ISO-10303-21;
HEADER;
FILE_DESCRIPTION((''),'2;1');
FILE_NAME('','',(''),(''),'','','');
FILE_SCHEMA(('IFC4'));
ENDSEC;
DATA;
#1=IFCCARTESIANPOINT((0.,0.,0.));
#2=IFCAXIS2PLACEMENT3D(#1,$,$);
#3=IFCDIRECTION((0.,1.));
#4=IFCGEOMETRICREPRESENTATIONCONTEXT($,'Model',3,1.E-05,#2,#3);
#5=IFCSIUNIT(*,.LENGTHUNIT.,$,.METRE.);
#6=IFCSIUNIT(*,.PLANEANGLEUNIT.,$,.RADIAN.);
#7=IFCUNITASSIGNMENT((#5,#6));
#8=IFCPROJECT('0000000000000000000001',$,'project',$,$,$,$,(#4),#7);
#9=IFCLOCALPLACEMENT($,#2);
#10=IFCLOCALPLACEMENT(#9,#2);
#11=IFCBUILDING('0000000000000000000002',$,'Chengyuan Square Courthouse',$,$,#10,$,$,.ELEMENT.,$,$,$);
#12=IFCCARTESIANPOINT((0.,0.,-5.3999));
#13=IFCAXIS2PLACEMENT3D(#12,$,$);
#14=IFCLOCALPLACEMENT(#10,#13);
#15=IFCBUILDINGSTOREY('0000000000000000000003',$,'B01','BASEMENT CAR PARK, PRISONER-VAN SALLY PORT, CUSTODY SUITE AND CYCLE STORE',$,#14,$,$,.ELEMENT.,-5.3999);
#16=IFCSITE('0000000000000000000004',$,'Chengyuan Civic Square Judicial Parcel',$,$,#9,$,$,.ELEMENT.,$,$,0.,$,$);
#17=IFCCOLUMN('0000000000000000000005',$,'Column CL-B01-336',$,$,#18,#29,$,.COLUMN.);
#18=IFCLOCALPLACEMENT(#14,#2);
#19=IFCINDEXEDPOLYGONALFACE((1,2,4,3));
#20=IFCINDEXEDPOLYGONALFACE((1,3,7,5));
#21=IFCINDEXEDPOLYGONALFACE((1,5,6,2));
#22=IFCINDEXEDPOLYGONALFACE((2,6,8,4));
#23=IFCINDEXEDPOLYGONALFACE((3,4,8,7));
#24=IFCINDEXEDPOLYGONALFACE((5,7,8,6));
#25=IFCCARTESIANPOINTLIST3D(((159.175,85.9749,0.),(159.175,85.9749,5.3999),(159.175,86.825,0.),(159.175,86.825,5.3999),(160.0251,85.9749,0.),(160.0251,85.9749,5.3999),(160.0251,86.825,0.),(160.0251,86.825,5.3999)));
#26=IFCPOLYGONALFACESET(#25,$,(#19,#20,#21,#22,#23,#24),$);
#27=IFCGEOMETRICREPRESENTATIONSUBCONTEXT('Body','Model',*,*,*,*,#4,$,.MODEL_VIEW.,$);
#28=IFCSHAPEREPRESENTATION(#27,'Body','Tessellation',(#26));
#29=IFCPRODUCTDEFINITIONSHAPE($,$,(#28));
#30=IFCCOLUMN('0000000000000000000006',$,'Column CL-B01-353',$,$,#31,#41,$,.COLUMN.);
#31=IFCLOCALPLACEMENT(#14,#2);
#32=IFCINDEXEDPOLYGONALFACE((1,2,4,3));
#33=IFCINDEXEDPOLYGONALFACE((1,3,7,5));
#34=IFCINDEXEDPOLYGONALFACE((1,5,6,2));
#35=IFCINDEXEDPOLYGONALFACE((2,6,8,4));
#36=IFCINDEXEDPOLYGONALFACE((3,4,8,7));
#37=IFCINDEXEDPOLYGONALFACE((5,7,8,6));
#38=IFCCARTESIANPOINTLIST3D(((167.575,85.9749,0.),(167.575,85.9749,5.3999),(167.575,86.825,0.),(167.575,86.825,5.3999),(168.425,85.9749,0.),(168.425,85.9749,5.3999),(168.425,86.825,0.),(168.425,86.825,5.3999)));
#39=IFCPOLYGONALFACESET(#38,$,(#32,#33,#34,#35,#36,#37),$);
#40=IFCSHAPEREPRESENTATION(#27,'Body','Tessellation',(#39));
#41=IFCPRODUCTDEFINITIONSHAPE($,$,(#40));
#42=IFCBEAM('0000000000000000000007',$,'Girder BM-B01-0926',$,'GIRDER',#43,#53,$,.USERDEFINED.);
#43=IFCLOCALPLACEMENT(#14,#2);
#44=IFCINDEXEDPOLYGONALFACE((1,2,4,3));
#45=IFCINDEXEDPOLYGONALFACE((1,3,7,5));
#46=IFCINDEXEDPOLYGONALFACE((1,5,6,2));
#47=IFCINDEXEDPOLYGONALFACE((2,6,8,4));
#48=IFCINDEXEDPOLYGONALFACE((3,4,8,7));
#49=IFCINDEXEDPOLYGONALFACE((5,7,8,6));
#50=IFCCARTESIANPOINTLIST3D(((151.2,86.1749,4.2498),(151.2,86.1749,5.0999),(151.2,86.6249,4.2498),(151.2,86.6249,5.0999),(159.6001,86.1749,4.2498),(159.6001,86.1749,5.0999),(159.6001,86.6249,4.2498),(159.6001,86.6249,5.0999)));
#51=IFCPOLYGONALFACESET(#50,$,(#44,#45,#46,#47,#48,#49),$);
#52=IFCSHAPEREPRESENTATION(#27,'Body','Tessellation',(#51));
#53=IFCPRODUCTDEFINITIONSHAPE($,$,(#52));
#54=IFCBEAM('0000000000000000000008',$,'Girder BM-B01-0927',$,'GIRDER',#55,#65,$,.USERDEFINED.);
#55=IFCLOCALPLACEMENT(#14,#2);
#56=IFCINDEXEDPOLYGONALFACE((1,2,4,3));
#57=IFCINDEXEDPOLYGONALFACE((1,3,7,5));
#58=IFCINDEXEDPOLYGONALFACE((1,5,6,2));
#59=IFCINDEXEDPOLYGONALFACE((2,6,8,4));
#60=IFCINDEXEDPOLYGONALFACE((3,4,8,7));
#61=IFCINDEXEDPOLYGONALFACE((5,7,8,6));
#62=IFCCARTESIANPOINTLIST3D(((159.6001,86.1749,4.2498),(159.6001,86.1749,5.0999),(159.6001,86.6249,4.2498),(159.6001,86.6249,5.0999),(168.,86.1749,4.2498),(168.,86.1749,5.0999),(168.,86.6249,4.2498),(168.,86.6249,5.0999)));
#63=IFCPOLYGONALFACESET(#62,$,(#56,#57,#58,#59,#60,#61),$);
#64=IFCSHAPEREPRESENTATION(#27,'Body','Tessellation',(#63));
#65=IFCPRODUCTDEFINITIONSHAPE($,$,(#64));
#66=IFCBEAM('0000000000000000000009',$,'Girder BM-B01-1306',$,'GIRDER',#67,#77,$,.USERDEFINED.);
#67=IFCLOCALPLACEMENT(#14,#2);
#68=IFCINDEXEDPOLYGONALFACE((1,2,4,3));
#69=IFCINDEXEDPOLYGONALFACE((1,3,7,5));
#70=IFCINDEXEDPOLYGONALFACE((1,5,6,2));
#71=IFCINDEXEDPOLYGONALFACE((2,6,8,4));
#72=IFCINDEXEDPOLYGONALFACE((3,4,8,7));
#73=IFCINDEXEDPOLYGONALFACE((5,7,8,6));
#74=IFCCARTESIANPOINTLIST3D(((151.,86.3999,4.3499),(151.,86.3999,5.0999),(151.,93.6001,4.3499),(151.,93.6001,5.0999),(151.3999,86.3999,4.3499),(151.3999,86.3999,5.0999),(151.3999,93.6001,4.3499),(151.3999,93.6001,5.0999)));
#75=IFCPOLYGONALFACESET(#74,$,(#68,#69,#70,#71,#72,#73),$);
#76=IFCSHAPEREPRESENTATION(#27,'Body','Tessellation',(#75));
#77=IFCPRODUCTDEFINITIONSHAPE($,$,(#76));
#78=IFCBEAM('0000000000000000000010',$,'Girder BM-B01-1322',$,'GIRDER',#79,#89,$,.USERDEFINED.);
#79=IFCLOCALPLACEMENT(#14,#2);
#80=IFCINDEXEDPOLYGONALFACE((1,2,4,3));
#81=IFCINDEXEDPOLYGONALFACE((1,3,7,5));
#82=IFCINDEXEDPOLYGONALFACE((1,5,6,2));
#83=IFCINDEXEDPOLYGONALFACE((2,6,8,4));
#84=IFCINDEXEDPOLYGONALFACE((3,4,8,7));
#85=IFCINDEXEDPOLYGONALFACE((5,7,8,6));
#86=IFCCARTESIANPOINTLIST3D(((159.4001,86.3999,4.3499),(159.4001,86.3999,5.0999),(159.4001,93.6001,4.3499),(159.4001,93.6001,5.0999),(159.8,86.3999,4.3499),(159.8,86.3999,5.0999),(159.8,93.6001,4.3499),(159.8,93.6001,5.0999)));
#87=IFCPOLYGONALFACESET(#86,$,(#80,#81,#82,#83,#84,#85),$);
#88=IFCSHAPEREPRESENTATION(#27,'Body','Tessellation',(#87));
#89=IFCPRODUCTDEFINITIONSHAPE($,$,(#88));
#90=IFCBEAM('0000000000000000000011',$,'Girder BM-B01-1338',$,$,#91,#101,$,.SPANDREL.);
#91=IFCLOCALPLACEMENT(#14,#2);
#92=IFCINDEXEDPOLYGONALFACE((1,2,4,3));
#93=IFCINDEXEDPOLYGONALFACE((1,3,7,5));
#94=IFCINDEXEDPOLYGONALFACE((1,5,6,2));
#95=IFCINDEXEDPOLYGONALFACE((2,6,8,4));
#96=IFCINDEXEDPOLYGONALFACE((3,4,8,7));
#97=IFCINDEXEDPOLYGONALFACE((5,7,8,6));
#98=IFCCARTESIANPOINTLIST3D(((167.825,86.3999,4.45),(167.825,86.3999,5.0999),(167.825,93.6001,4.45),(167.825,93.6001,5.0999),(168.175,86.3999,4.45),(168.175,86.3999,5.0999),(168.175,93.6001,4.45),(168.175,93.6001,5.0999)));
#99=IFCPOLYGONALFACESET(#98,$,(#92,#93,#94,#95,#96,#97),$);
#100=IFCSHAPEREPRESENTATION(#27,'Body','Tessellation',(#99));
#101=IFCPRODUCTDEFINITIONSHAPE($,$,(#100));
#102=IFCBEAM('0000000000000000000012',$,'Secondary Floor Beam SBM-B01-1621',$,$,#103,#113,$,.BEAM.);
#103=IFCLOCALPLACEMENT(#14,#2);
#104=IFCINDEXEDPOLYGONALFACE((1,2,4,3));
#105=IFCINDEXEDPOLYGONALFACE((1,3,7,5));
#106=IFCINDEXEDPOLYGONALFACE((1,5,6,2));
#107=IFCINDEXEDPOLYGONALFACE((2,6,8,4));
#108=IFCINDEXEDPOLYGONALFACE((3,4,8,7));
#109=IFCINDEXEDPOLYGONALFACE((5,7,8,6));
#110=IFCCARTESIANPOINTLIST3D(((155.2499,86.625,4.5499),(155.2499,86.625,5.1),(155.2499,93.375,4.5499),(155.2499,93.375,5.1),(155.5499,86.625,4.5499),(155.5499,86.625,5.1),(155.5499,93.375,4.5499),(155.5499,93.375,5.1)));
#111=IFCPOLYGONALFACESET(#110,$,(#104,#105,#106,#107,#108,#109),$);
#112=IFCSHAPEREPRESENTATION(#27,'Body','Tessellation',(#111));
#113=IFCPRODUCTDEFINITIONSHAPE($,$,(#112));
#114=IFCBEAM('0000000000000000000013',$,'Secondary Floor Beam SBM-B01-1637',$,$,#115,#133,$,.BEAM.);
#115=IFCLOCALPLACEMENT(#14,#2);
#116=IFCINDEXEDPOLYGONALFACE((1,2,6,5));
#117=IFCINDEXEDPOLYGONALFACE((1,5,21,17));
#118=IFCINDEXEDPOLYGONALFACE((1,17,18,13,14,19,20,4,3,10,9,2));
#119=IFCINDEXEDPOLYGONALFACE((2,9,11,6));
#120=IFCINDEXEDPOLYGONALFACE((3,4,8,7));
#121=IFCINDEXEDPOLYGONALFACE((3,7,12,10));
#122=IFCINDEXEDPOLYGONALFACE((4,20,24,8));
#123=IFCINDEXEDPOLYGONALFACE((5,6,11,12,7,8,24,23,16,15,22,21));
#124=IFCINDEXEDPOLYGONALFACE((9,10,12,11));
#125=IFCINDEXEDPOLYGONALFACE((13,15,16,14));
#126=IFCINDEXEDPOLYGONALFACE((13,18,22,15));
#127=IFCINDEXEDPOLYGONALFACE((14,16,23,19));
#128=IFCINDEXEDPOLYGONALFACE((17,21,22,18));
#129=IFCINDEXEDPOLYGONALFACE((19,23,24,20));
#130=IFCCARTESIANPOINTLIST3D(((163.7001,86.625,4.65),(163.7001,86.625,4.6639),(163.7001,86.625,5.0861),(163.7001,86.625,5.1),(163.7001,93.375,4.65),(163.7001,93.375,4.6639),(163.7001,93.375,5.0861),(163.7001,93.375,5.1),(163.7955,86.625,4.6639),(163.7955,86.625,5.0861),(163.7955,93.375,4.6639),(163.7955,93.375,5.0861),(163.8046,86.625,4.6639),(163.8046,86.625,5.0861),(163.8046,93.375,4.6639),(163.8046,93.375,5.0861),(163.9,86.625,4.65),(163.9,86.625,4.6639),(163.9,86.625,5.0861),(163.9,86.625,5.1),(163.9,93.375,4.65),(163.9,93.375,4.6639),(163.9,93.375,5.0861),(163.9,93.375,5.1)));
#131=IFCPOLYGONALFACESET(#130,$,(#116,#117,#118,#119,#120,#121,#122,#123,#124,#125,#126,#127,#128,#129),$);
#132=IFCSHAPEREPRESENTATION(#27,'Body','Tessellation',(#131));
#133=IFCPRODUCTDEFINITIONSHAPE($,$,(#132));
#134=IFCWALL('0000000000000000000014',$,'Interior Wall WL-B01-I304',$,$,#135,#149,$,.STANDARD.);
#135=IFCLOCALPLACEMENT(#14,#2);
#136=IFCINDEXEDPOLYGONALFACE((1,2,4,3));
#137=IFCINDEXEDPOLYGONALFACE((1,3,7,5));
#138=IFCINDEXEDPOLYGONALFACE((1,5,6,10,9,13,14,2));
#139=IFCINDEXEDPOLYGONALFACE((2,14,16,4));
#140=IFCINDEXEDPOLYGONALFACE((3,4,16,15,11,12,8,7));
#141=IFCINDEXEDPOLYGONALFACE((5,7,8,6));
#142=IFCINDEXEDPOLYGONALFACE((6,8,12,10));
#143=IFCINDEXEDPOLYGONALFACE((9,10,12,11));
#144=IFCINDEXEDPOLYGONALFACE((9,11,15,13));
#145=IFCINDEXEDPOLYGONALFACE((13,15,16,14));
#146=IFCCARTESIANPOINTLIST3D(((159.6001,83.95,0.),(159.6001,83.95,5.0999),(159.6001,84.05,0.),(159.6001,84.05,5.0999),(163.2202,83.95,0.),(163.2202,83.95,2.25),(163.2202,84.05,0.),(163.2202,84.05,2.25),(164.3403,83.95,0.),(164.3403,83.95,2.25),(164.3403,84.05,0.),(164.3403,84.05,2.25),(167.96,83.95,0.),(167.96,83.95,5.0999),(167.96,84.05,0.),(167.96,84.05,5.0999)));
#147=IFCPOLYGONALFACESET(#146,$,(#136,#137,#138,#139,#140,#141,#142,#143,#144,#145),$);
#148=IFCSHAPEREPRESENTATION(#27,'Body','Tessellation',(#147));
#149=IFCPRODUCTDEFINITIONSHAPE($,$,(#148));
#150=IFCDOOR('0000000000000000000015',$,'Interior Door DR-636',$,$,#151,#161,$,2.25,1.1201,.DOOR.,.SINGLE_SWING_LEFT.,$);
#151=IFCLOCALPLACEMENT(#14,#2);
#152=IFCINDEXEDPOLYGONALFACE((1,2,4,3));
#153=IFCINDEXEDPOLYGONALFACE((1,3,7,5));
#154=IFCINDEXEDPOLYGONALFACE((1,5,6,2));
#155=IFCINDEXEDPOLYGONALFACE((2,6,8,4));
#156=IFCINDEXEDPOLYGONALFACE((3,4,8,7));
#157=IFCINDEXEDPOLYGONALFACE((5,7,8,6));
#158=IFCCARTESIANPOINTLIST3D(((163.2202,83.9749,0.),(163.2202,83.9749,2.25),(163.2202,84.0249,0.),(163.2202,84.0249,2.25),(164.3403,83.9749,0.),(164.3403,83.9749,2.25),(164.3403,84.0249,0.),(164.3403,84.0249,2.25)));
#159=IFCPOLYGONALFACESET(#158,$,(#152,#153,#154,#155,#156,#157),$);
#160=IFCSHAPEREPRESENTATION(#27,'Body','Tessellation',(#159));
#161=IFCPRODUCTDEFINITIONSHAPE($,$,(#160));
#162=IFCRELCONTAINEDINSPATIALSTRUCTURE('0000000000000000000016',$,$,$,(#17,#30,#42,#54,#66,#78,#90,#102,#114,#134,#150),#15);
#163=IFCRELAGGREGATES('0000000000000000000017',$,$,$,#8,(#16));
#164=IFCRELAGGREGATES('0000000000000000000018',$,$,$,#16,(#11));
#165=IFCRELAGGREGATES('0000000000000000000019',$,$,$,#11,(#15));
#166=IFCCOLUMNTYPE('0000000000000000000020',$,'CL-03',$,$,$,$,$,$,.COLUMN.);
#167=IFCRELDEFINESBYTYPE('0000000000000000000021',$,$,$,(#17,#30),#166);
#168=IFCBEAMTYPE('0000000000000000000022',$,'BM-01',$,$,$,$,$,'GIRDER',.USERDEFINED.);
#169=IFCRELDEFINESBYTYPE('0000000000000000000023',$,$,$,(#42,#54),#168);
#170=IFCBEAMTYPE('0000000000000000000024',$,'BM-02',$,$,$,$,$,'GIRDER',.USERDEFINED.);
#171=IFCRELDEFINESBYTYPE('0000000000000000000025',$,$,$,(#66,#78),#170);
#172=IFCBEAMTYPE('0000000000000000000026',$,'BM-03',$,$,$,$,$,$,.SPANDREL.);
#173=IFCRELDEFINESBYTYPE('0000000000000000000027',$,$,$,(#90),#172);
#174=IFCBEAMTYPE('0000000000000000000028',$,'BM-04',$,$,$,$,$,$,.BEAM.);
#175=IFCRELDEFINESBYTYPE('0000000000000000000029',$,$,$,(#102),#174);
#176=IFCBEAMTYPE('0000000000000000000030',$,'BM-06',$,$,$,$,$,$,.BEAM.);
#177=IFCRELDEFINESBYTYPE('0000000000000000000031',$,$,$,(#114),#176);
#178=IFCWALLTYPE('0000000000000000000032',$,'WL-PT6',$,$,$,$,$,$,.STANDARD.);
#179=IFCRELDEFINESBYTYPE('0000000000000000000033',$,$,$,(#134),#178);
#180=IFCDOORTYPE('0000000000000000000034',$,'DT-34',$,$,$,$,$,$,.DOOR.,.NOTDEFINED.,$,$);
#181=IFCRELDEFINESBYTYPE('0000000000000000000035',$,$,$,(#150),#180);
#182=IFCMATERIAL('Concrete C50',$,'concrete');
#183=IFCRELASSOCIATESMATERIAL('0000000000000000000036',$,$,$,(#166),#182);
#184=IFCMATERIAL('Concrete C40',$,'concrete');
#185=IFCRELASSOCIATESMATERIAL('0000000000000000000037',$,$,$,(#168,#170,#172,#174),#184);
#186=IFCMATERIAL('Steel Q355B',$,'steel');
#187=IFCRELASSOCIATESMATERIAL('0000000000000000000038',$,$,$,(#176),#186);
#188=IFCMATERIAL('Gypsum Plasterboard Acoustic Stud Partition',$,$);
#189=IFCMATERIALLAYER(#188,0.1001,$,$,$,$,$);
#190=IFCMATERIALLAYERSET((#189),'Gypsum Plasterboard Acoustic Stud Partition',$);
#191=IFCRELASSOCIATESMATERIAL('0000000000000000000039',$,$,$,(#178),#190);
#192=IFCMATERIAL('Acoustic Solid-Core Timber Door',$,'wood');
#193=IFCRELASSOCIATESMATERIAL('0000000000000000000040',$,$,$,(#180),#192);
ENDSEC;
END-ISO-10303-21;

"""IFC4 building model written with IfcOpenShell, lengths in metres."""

from ifc_helpers import new_model, si_unit, direction, frame, frame_2d, origin, origin_2d, place, context, subcontext, project, spatial, rectangle, i_section, extrude, material, layer, layer_set, material_profile, profile_set, type_object, element, fill, save


model = new_model("IFC4")

# Units and contexts
model_context = context("Model", 3, precision=1e-05, world=origin(), true_north=direction((0.0, 1.0)))
body_context = subcontext(model_context, "Body", "Model", "MODEL_VIEW")
ifc_project = project(units=[si_unit("LENGTHUNIT", "METRE"), si_unit("PLANEANGLEUNIT", "RADIAN")], contexts=[model_context])

# Site, building, storey
site_placement = place(None, origin())
site = spatial("IfcSite", under=ifc_project, at=site_placement, Name="Chengyuan Civic Square Judicial Parcel", CompositionType="ELEMENT", RefElevation=0.0)
building_placement = place(site_placement, origin())
building = spatial("IfcBuilding", under=site, at=building_placement, Name="Chengyuan Square Courthouse", CompositionType="ELEMENT")
storey_placement = place(building_placement, frame((0.0, 0.0, -5.3999)))
storey = spatial("IfcBuildingStorey", under=building, at=storey_placement, Name="B01", Description="BASEMENT CAR PARK, PRISONER-VAN SALLY PORT, CUSTODY SUITE AND CYCLE STORE", CompositionType="ELEMENT", Elevation=-5.3999)

# Columns
ifc_material_1 = material(Name="Concrete C50", Category="concrete")
ifc_material_profile_1 = material_profile(ifc_material_1, rectangle(XDim=0.8501, YDim=0.8501, at=origin_2d()), Name="RC-COL-850x850")
ifc_profile_set_1 = profile_set([ifc_material_profile_1], Name="Concrete C50")
column_type = type_object("IfcColumnType", Name="CL-03", PredefinedType="COLUMN", material=ifc_profile_set_1)
for number, where, z_axis, x_axis, name in (
    (1, (159.6001, 86.3999, 0.0), (0.0, 0.0, 1.0), (1.0, 0.0, 0.0), "Column CL-B01-336"),
    (2, (168.0, 86.3999, 0.0), (0.0, 0.0, 1.0), (1.0, 0.0, 0.0), "Column CL-B01-353"),
):
    element("IfcColumn", number, at=place(storey_placement, frame(where, z_axis=z_axis, x_axis=x_axis)), inside=storey, type_object=column_type, Name=name, PredefinedType="COLUMN", context=body_context, shape_type="SweptSolid", body=[
        extrude(rectangle(XDim=0.8501, YDim=0.8501, at=origin_2d()), origin(), (0.0, 0.0, 1.0), 5.3999),
    ])

# Beams
ifc_material_2 = material(Name="Concrete C40", Category="concrete")
ifc_material_profile_2 = material_profile(ifc_material_2, rectangle(XDim=0.45, YDim=0.8501, at=origin_2d()), Name="RC-BM-450x850")
ifc_profile_set_2 = profile_set([ifc_material_profile_2], Name="Concrete C40")
beam_type_1 = type_object("IfcBeamType", Name="BM-01", ElementType="GIRDER", PredefinedType="USERDEFINED", material=ifc_profile_set_2)
beam_1_placement = place(storey_placement, frame((151.2, 86.3999, 4.6748), z_axis=(1.0, 0.0, 0.0), x_axis=(0.0, 1.0, 0.0)))
element("IfcBeam", 3, at=beam_1_placement, inside=storey, type_object=beam_type_1, Name="Girder BM-B01-0926", ObjectType="GIRDER", PredefinedType="USERDEFINED", context=body_context, shape_type="SweptSolid", body=[
    extrude(rectangle(XDim=0.45, YDim=0.8501, at=origin_2d()), origin(), (0.0, 0.0, 1.0), 8.4001),
])
beam_2_placement = place(storey_placement, frame((159.6001, 86.3999, 4.6748), z_axis=(1.0, 0.0, 0.0), x_axis=(0.0, 1.0, 0.0)))
element("IfcBeam", 4, at=beam_2_placement, inside=storey, type_object=beam_type_1, Name="Girder BM-B01-0927", ObjectType="GIRDER", PredefinedType="USERDEFINED", context=body_context, shape_type="SweptSolid", body=[
    extrude(rectangle(XDim=0.45, YDim=0.8501, at=origin_2d()), origin(), (0.0, 0.0, 1.0), 8.3999),
])
ifc_material_profile_3 = material_profile(ifc_material_2, rectangle(XDim=0.3999, YDim=0.75, at=origin_2d()), Name="RC-BM-400x750")
ifc_profile_set_3 = profile_set([ifc_material_profile_3], Name="Concrete C40")
beam_type_2 = type_object("IfcBeamType", Name="BM-02", ElementType="GIRDER", PredefinedType="USERDEFINED", material=ifc_profile_set_3)
for number, where, z_axis, x_axis, name in (
    (5, (151.2, 86.3999, 4.7249), (0.0, 1.0, 0.0), (-1.0, 0.0, 0.0), "Girder BM-B01-1306"),
    (6, (159.6001, 86.3999, 4.7249), (0.0, 1.0, 0.0), (-1.0, 0.0, 0.0), "Girder BM-B01-1322"),
):
    element("IfcBeam", number, at=place(storey_placement, frame(where, z_axis=z_axis, x_axis=x_axis)), inside=storey, type_object=beam_type_2, Name=name, ObjectType="GIRDER", PredefinedType="USERDEFINED", context=body_context, shape_type="SweptSolid", body=[
        extrude(rectangle(XDim=0.3999, YDim=0.75, at=origin_2d()), origin(), (0.0, 0.0, 1.0), 7.2002),
    ])
ifc_material_profile_4 = material_profile(ifc_material_2, rectangle(XDim=0.3501, YDim=0.6499, at=origin_2d()), Name="RC-BM-350x650")
ifc_profile_set_4 = profile_set([ifc_material_profile_4], Name="Concrete C40")
beam_type_3 = type_object("IfcBeamType", Name="BM-03", PredefinedType="SPANDREL", material=ifc_profile_set_4)
beam_3_placement = place(storey_placement, frame((168.0, 86.3999, 4.7749), z_axis=(0.0, 1.0, 0.0), x_axis=(-1.0, 0.0, 0.0)))
element("IfcBeam", 7, at=beam_3_placement, inside=storey, type_object=beam_type_3, Name="Girder BM-B01-1338", PredefinedType="SPANDREL", context=body_context, shape_type="SweptSolid", body=[
    extrude(rectangle(XDim=0.3501, YDim=0.6499, at=origin_2d()), origin(), (0.0, 0.0, 1.0), 7.2002),
])
ifc_material_profile_5 = material_profile(ifc_material_2, rectangle(XDim=0.3, YDim=0.55, at=origin_2d()), Name="RC-BM-300x550")
ifc_profile_set_5 = profile_set([ifc_material_profile_5], Name="Concrete C40")
beam_type_4 = type_object("IfcBeamType", Name="BM-04", PredefinedType="BEAM", material=ifc_profile_set_5)
beam_4_placement = place(storey_placement, frame((155.3999, 86.625, 4.825), z_axis=(0.0, 1.0, 0.0), x_axis=(-1.0, 0.0, 0.0)))
element("IfcBeam", 8, at=beam_4_placement, inside=storey, type_object=beam_type_4, Name="Secondary Floor Beam SBM-B01-1621", PredefinedType="BEAM", context=body_context, shape_type="SweptSolid", body=[
    extrude(rectangle(XDim=0.3, YDim=0.55, at=origin_2d()), origin(), (0.0, 0.0, 1.0), 6.75),
])
ifc_material_3 = material(Name="Steel Q355B", Category="steel")
ifc_material_profile_6 = material_profile(ifc_material_3, i_section(OverallWidth=0.2, OverallDepth=0.45, WebThickness=0.009, FlangeThickness=0.0139, at=origin_2d()), Name="HN 450x200x9x14")
ifc_profile_set_6 = profile_set([ifc_material_profile_6], Name="Steel Q355B")
beam_type_5 = type_object("IfcBeamType", Name="BM-06", PredefinedType="BEAM", material=ifc_profile_set_6)
beam_5_placement = place(storey_placement, frame((163.8, 86.625, 4.875), z_axis=(0.0, 1.0, 0.0), x_axis=(-1.0, 0.0, 0.0)))
element("IfcBeam", 9, at=beam_5_placement, inside=storey, type_object=beam_type_5, Name="Secondary Floor Beam SBM-B01-1637", PredefinedType="BEAM", context=body_context, shape_type="SweptSolid", body=[
    extrude(i_section(OverallWidth=0.2, OverallDepth=0.45, WebThickness=0.009, FlangeThickness=0.0139, at=origin_2d()), origin(), (0.0, 0.0, 1.0), 6.75),
])

# Wall, opening, door
ifc_material_4 = material(Name="Gypsum Plasterboard Acoustic Stud Partition")
ifc_layer_1 = layer(ifc_material_4, 0.1001)
ifc_layer_set_1 = layer_set([ifc_layer_1], Name="Gypsum Plasterboard Acoustic Stud Partition")
wall_type_1 = type_object("IfcWallType", Name="WL-PT6", PredefinedType="STANDARD", material=ifc_layer_set_1)
wall_1_placement = place(storey_placement, frame((159.6001, 84.0, 0.0), z_axis=(0.0, 0.0, 1.0), x_axis=(1.0, 0.0, 0.0)))
wall_1 = element("IfcWall", 10, at=wall_1_placement, inside=storey, type_object=wall_type_1, Name="Interior Wall WL-B01-I304", PredefinedType="STANDARD", context=body_context, shape_type="SweptSolid", body=[
    extrude(rectangle(XDim=8.3599, YDim=0.1001, at=frame_2d((4.1799, 0.0))), origin(), (0.0, 0.0, 1.0), 5.0999),
])
opening_1_placement = place(wall_1_placement, frame((3.6201, 0.0, 0.0)))
opening_1 = element("IfcOpeningElement", 11, at=opening_1_placement, cuts=wall_1, PredefinedType="OPENING", context=body_context, shape_type="SweptSolid", body=[
    extrude(rectangle(XDim=1.1201, YDim=2.25, at=frame_2d((0.5601, 1.125))), frame((0.0, 0.062, 0.0), z_axis=(0.0, -1.0, 0.0), x_axis=(1.0, 0.0, 0.0)), (0.0, 0.0, 1.0), 0.124),
])
ifc_material_5 = material(Name="Acoustic Solid-Core Timber Door", Category="wood")
door_type_1 = type_object("IfcDoorType", Name="DT-34", OperationType="NOTDEFINED", PredefinedType="DOOR", material=ifc_material_5)
door_1_placement = place(opening_1_placement, origin())
door_1 = element("IfcDoor", 12, at=door_1_placement, inside=storey, type_object=door_type_1, Name="Interior Door DR-636", OperationType="SINGLE_SWING_LEFT", OverallHeight=2.25, OverallWidth=1.1201, PredefinedType="DOOR", context=body_context, shape_type="SweptSolid", body=[
    extrude(rectangle(XDim=1.1201, YDim=2.25, at=frame_2d((0.5601, 1.125))), frame((0.0, 0.0249, 0.0), z_axis=(0.0, -1.0, 0.0), x_axis=(1.0, 0.0, 0.0)), (0.0, 0.0, 1.0), 0.05),
])
fill(opening_1, door_1)

save(model, "model.ifc")
